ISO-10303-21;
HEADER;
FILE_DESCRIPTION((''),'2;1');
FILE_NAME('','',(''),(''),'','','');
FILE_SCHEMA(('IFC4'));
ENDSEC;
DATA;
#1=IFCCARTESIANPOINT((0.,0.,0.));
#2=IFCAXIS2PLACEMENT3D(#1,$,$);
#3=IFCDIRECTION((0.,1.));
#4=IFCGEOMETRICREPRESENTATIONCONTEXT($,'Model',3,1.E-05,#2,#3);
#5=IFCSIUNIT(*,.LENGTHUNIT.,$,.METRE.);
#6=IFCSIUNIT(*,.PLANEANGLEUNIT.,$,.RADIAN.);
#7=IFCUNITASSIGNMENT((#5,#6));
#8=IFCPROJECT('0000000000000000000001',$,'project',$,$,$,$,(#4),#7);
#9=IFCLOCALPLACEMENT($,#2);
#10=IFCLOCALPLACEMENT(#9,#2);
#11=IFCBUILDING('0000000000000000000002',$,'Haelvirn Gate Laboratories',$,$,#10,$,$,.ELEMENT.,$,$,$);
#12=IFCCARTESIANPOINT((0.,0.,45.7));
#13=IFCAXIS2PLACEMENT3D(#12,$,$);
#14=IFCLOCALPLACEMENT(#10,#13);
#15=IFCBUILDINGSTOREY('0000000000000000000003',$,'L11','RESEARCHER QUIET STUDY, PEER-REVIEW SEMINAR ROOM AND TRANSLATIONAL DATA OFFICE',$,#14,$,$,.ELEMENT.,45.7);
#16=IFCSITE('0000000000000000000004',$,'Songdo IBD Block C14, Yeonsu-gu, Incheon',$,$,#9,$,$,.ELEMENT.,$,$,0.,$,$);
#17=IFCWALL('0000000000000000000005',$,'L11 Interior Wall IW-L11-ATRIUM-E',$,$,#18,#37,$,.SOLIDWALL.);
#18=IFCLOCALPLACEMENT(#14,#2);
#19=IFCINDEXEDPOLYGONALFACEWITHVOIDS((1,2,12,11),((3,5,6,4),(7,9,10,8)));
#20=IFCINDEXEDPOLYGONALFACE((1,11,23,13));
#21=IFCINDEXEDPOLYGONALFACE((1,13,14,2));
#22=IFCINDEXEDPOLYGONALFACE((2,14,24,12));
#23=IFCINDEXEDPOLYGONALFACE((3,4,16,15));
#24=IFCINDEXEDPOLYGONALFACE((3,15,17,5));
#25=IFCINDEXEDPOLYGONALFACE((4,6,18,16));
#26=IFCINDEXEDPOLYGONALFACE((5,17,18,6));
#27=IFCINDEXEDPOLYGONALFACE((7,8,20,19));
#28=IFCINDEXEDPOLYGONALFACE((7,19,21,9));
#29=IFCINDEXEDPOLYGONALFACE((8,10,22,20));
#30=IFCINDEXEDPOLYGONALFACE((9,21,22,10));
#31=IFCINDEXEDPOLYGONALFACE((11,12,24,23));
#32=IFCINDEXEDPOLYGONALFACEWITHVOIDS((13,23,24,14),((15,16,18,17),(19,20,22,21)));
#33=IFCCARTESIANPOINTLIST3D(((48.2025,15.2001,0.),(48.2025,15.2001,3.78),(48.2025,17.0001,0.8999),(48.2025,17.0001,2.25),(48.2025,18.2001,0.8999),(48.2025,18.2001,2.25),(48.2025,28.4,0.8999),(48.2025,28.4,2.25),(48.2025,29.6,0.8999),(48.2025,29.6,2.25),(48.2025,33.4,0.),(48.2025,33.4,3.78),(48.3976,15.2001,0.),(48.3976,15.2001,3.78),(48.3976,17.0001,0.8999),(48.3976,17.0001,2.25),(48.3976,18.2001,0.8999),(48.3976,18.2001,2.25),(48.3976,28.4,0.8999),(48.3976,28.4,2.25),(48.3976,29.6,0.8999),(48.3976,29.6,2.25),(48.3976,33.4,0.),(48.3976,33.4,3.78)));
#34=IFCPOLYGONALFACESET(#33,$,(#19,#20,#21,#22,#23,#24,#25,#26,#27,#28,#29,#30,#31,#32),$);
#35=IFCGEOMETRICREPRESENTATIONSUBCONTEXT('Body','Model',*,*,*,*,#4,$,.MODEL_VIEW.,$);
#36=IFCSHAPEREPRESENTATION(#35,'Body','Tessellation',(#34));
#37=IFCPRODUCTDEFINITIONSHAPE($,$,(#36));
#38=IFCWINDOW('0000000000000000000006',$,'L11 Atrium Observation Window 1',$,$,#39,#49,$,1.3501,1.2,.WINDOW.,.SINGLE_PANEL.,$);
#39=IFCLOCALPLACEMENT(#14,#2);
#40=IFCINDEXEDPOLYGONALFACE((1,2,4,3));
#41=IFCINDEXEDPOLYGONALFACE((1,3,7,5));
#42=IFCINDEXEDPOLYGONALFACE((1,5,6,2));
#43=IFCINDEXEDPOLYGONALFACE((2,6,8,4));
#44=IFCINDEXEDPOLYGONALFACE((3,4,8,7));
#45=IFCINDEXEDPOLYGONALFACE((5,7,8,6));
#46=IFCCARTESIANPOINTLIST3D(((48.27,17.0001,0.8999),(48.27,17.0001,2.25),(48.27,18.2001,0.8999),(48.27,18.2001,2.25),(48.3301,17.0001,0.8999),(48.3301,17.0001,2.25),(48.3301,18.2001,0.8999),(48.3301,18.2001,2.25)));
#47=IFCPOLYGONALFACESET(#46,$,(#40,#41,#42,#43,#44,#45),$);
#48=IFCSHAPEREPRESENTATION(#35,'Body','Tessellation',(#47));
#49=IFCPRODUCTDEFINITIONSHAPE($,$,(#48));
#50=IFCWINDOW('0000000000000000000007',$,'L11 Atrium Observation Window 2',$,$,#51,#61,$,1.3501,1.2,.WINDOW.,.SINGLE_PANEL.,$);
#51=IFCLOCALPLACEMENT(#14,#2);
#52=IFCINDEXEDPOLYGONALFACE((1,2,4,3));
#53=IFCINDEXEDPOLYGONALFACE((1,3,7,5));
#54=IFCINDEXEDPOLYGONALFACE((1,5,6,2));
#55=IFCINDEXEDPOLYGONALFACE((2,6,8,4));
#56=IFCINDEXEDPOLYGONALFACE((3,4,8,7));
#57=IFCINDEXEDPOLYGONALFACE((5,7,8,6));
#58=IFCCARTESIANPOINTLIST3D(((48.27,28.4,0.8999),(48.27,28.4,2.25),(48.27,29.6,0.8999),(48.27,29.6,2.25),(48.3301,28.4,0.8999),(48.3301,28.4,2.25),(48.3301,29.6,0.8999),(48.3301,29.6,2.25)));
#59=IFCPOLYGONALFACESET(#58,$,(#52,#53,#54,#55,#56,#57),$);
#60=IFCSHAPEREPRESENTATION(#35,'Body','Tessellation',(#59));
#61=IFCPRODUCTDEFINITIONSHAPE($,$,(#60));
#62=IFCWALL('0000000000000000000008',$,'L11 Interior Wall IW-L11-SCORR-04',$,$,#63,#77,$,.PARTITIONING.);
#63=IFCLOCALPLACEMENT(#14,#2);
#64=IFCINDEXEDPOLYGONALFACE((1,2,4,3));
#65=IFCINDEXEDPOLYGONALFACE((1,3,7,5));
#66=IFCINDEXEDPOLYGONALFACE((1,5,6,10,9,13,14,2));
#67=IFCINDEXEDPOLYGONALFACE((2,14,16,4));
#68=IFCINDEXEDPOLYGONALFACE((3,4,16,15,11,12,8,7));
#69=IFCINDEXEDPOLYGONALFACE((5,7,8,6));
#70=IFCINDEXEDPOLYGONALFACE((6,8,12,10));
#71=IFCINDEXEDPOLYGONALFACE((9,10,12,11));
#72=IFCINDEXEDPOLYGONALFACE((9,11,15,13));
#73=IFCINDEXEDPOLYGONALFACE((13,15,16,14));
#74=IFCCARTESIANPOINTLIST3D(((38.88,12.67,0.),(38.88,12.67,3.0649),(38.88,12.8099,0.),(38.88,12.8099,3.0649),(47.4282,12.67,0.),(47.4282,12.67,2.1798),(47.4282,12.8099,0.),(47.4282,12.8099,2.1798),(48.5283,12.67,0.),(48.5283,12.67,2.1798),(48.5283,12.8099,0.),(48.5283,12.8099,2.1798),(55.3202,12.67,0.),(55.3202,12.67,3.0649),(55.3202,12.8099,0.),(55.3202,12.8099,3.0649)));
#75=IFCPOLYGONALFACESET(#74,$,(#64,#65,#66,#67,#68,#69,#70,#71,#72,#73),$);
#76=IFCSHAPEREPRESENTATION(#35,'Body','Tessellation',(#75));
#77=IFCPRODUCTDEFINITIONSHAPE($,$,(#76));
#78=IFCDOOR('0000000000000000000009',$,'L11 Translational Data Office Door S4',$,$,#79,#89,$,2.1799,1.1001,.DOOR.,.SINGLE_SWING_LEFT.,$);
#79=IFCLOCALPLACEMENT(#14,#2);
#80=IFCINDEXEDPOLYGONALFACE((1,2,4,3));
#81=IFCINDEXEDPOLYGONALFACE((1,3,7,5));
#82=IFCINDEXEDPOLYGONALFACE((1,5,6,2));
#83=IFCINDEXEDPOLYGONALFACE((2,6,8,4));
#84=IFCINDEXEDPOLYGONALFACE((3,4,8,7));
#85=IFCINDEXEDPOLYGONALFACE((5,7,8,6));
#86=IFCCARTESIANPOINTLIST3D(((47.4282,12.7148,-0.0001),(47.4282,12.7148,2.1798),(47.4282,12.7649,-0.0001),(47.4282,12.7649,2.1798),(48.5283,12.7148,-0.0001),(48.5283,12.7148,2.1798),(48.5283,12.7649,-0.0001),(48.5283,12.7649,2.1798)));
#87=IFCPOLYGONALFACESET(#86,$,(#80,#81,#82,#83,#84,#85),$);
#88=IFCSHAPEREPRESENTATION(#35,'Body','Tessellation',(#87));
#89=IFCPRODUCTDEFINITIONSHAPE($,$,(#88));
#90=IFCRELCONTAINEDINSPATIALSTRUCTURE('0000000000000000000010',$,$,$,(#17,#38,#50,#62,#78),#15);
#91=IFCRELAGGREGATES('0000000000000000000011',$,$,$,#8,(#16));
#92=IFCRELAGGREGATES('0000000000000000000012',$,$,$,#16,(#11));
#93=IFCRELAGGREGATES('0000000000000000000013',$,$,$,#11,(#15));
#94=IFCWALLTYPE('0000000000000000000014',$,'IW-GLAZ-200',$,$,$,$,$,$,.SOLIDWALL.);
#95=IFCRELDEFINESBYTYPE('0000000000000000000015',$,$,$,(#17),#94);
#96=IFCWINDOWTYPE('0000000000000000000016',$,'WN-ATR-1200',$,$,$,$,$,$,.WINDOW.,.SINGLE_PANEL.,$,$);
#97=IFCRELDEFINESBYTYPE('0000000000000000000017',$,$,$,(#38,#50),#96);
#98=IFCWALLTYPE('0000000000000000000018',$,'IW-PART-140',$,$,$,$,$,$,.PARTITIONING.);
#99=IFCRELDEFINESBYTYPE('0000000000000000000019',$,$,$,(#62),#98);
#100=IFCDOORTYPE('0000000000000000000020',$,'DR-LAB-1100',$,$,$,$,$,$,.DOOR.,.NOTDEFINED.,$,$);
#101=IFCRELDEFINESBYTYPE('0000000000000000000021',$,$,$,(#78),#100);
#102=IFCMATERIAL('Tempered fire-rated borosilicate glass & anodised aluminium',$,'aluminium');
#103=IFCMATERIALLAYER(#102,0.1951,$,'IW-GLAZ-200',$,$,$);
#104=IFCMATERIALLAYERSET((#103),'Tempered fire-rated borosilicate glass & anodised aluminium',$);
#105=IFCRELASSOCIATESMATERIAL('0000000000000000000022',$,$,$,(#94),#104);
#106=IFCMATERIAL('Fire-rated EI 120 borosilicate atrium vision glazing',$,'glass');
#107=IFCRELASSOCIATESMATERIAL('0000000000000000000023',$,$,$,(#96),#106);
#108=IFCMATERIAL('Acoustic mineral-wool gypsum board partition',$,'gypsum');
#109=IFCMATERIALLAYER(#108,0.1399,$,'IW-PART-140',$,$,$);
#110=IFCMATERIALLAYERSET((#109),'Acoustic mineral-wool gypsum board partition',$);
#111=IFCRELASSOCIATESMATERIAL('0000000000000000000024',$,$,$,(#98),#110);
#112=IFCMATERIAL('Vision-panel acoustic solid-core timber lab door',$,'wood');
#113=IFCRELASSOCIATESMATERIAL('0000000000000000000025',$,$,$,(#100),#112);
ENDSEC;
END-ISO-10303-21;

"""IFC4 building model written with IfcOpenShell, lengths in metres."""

from ifc_helpers import new_model, si_unit, direction, frame, frame_2d, origin, place, context, subcontext, project, spatial, rectangle, extrude, source, transform, mapped, material, layer, layer_set, type_object, type_shapes, element, fill, save


model = new_model("IFC4")

# Units and contexts
model_context = context("Model", 3, precision=1e-05, world=origin(), true_north=direction((0.0, 1.0)))
body_context = subcontext(model_context, "Body", "Model", "MODEL_VIEW")
ifc_project = project(units=[si_unit("LENGTHUNIT", "METRE"), si_unit("PLANEANGLEUNIT", "RADIAN")], contexts=[model_context])

# Site, building, storey
site_placement = place(None, origin())
site = spatial("IfcSite", under=ifc_project, at=site_placement, Name="Songdo IBD Block C14, Yeonsu-gu, Incheon", CompositionType="ELEMENT", RefElevation=0.0)
building_placement = place(site_placement, origin())
building = spatial("IfcBuilding", under=site, at=building_placement, Name="Haelvirn Gate Laboratories", CompositionType="ELEMENT")
storey_placement = place(building_placement, frame((0.0, 0.0, 45.7)))
storey = spatial("IfcBuildingStorey", under=building, at=storey_placement, Name="L11", Description="RESEARCHER QUIET STUDY, PEER-REVIEW SEMINAR ROOM AND TRANSLATIONAL DATA OFFICE", CompositionType="ELEMENT", Elevation=45.7)

# Wall, openings, windows
ifc_material_1 = material(Name="Tempered fire-rated borosilicate glass & anodised aluminium", Category="aluminium")
ifc_layer_1 = layer(ifc_material_1, 0.1951, Name="IW-GLAZ-200")
ifc_layer_set_1 = layer_set([ifc_layer_1], Name="Tempered fire-rated borosilicate glass & anodised aluminium")
wall_type_1 = type_object("IfcWallType", Name="IW-GLAZ-200", PredefinedType="SOLIDWALL", material=ifc_layer_set_1)
wall_1_placement = place(storey_placement, frame((48.3, 15.2, 0.0), z_axis=(0.0, 0.0, 1.0), x_axis=(0.0, 1.0, 0.0)))
wall_1 = element("IfcWall", 1, at=wall_1_placement, inside=storey, type_object=wall_type_1, Name="L11 Interior Wall IW-L11-ATRIUM-E", PredefinedType="SOLIDWALL", context=body_context, shape_type="SweptSolid", body=[
    extrude(rectangle(XDim=18.2, YDim=0.1951, at=frame_2d((9.1001, 0.0))), origin(), (0.0, 0.0, 1.0), 3.78),
])
opening_1_placement = place(wall_1_placement, frame((1.8, 0.0, 0.8999)))
opening_1 = element("IfcOpeningElement", 2, at=opening_1_placement, cuts=wall_1, PredefinedType="OPENING", context=body_context, shape_type="SweptSolid", body=[
    extrude(rectangle(XDim=1.2, YDim=1.3501, at=frame_2d((0.6001, 0.675))), frame((0.0, 0.1074, 0.0), z_axis=(0.0, -1.0, 0.0), x_axis=(1.0, 0.0, 0.0)), (0.0, 0.0, 1.0), 0.2151),
])
opening_2_placement = place(wall_1_placement, frame((13.2, 0.0, 0.8999)))
opening_2 = element("IfcOpeningElement", 3, at=opening_2_placement, cuts=wall_1, PredefinedType="OPENING", context=body_context, shape_type="SweptSolid", body=[
    extrude(rectangle(XDim=1.2, YDim=1.3501, at=frame_2d((0.6001, 0.675))), frame((0.0, 0.1074, 0.0), z_axis=(0.0, -1.0, 0.0), x_axis=(1.0, 0.0, 0.0)), (0.0, 0.0, 1.0), 0.2151),
])
ifc_material_2 = material(Name="Fire-rated EI 120 borosilicate atrium vision glazing", Category="glass")
window_type = type_object("IfcWindowType", Name="WN-ATR-1200", PartitioningType="SINGLE_PANEL", PredefinedType="WINDOW", material=ifc_material_2)
shared_shape_1 = source(origin(), body_context, "Body", "SweptSolid", [
    extrude(rectangle(XDim=1.2, YDim=1.3501, at=frame_2d((0.6001, 0.675))), frame((0.0, 0.03, 0.0), z_axis=(0.0, -1.0, 0.0), x_axis=(1.0, 0.0, 0.0)), (0.0, 0.0, 1.0), 0.0601),
])
type_shapes(window_type, [shared_shape_1])
window_1_placement = place(opening_1_placement, origin())
window_1 = element("IfcWindow", 4, at=window_1_placement, inside=storey, type_object=window_type, Name="L11 Atrium Observation Window 1", OverallHeight=1.3501, OverallWidth=1.2, PartitioningType="SINGLE_PANEL", PredefinedType="WINDOW", context=body_context, shape_type="MappedRepresentation", body=[
    mapped(shared_shape_1, transform((0.0, 0.0, 0.0), scale=1.0)),
])
fill(opening_1, window_1)
window_2_placement = place(opening_2_placement, origin())
window_2 = element("IfcWindow", 5, at=window_2_placement, inside=storey, type_object=window_type, Name="L11 Atrium Observation Window 2", OverallHeight=1.3501, OverallWidth=1.2, PartitioningType="SINGLE_PANEL", PredefinedType="WINDOW", context=body_context, shape_type="MappedRepresentation", body=[
    mapped(shared_shape_1, transform((0.0, 0.0, 0.0), scale=1.0)),
])
fill(opening_2, window_2)

# Wall, opening, door
ifc_material_3 = material(Name="Acoustic mineral-wool gypsum board partition", Category="gypsum")
ifc_layer_2 = layer(ifc_material_3, 0.1399, Name="IW-PART-140")
ifc_layer_set_2 = layer_set([ifc_layer_2], Name="Acoustic mineral-wool gypsum board partition")
wall_type_2 = type_object("IfcWallType", Name="IW-PART-140", PredefinedType="PARTITIONING", material=ifc_layer_set_2)
wall_2_placement = place(storey_placement, frame((38.8799, 12.74, 0.0), z_axis=(0.0, 0.0, 1.0), x_axis=(1.0, 0.0, 0.0)))
wall_2 = element("IfcWall", 6, at=wall_2_placement, inside=storey, type_object=wall_type_2, Name="L11 Interior Wall IW-L11-SCORR-04", PredefinedType="PARTITIONING", context=body_context, shape_type="SweptSolid", body=[
    extrude(rectangle(XDim=16.4402, YDim=0.1399, at=frame_2d((8.2202, 0.0))), origin(), (0.0, 0.0, 1.0), 3.0649),
])
opening_3_placement = place(wall_2_placement, frame((8.5483, 0.0, 0.0)))
opening_3 = element("IfcOpeningElement", 7, at=opening_3_placement, cuts=wall_2, PredefinedType="OPENING", context=body_context, shape_type="SweptSolid", body=[
    extrude(rectangle(XDim=1.1001, YDim=2.1799, at=frame_2d((0.55, 1.0898))), frame((0.0, 0.0801, 0.0), z_axis=(0.0, -1.0, 0.0), x_axis=(1.0, 0.0, 0.0)), (0.0, 0.0, 1.0), 0.1599),
])
ifc_material_4 = material(Name="Vision-panel acoustic solid-core timber lab door", Category="wood")
door_type = type_object("IfcDoorType", Name="DR-LAB-1100", OperationType="NOTDEFINED", PredefinedType="DOOR", material=ifc_material_4)
shared_shape_2 = source(origin(), body_context, "Body", "SweptSolid", [
    extrude(rectangle(XDim=1.1001, YDim=2.1799, at=frame_2d((0.55, 1.0898))), frame((0.0, 0.0249, 0.0), z_axis=(0.0, -1.0, 0.0), x_axis=(1.0, 0.0, 0.0)), (0.0, 0.0, 1.0), 0.05),
])
type_shapes(door_type, [shared_shape_2])
door_placement = place(opening_3_placement, origin())
door = element("IfcDoor", 8, at=door_placement, inside=storey, type_object=door_type, Name="L11 Translational Data Office Door S4", OperationType="SINGLE_SWING_LEFT", OverallHeight=2.1799, OverallWidth=1.1001, PredefinedType="DOOR", context=body_context, shape_type="MappedRepresentation", body=[
    mapped(shared_shape_2, transform((0.0, 0.0, 0.0), scale=1.0)),
])
fill(opening_3, door)

save(model, "model.ifc")
